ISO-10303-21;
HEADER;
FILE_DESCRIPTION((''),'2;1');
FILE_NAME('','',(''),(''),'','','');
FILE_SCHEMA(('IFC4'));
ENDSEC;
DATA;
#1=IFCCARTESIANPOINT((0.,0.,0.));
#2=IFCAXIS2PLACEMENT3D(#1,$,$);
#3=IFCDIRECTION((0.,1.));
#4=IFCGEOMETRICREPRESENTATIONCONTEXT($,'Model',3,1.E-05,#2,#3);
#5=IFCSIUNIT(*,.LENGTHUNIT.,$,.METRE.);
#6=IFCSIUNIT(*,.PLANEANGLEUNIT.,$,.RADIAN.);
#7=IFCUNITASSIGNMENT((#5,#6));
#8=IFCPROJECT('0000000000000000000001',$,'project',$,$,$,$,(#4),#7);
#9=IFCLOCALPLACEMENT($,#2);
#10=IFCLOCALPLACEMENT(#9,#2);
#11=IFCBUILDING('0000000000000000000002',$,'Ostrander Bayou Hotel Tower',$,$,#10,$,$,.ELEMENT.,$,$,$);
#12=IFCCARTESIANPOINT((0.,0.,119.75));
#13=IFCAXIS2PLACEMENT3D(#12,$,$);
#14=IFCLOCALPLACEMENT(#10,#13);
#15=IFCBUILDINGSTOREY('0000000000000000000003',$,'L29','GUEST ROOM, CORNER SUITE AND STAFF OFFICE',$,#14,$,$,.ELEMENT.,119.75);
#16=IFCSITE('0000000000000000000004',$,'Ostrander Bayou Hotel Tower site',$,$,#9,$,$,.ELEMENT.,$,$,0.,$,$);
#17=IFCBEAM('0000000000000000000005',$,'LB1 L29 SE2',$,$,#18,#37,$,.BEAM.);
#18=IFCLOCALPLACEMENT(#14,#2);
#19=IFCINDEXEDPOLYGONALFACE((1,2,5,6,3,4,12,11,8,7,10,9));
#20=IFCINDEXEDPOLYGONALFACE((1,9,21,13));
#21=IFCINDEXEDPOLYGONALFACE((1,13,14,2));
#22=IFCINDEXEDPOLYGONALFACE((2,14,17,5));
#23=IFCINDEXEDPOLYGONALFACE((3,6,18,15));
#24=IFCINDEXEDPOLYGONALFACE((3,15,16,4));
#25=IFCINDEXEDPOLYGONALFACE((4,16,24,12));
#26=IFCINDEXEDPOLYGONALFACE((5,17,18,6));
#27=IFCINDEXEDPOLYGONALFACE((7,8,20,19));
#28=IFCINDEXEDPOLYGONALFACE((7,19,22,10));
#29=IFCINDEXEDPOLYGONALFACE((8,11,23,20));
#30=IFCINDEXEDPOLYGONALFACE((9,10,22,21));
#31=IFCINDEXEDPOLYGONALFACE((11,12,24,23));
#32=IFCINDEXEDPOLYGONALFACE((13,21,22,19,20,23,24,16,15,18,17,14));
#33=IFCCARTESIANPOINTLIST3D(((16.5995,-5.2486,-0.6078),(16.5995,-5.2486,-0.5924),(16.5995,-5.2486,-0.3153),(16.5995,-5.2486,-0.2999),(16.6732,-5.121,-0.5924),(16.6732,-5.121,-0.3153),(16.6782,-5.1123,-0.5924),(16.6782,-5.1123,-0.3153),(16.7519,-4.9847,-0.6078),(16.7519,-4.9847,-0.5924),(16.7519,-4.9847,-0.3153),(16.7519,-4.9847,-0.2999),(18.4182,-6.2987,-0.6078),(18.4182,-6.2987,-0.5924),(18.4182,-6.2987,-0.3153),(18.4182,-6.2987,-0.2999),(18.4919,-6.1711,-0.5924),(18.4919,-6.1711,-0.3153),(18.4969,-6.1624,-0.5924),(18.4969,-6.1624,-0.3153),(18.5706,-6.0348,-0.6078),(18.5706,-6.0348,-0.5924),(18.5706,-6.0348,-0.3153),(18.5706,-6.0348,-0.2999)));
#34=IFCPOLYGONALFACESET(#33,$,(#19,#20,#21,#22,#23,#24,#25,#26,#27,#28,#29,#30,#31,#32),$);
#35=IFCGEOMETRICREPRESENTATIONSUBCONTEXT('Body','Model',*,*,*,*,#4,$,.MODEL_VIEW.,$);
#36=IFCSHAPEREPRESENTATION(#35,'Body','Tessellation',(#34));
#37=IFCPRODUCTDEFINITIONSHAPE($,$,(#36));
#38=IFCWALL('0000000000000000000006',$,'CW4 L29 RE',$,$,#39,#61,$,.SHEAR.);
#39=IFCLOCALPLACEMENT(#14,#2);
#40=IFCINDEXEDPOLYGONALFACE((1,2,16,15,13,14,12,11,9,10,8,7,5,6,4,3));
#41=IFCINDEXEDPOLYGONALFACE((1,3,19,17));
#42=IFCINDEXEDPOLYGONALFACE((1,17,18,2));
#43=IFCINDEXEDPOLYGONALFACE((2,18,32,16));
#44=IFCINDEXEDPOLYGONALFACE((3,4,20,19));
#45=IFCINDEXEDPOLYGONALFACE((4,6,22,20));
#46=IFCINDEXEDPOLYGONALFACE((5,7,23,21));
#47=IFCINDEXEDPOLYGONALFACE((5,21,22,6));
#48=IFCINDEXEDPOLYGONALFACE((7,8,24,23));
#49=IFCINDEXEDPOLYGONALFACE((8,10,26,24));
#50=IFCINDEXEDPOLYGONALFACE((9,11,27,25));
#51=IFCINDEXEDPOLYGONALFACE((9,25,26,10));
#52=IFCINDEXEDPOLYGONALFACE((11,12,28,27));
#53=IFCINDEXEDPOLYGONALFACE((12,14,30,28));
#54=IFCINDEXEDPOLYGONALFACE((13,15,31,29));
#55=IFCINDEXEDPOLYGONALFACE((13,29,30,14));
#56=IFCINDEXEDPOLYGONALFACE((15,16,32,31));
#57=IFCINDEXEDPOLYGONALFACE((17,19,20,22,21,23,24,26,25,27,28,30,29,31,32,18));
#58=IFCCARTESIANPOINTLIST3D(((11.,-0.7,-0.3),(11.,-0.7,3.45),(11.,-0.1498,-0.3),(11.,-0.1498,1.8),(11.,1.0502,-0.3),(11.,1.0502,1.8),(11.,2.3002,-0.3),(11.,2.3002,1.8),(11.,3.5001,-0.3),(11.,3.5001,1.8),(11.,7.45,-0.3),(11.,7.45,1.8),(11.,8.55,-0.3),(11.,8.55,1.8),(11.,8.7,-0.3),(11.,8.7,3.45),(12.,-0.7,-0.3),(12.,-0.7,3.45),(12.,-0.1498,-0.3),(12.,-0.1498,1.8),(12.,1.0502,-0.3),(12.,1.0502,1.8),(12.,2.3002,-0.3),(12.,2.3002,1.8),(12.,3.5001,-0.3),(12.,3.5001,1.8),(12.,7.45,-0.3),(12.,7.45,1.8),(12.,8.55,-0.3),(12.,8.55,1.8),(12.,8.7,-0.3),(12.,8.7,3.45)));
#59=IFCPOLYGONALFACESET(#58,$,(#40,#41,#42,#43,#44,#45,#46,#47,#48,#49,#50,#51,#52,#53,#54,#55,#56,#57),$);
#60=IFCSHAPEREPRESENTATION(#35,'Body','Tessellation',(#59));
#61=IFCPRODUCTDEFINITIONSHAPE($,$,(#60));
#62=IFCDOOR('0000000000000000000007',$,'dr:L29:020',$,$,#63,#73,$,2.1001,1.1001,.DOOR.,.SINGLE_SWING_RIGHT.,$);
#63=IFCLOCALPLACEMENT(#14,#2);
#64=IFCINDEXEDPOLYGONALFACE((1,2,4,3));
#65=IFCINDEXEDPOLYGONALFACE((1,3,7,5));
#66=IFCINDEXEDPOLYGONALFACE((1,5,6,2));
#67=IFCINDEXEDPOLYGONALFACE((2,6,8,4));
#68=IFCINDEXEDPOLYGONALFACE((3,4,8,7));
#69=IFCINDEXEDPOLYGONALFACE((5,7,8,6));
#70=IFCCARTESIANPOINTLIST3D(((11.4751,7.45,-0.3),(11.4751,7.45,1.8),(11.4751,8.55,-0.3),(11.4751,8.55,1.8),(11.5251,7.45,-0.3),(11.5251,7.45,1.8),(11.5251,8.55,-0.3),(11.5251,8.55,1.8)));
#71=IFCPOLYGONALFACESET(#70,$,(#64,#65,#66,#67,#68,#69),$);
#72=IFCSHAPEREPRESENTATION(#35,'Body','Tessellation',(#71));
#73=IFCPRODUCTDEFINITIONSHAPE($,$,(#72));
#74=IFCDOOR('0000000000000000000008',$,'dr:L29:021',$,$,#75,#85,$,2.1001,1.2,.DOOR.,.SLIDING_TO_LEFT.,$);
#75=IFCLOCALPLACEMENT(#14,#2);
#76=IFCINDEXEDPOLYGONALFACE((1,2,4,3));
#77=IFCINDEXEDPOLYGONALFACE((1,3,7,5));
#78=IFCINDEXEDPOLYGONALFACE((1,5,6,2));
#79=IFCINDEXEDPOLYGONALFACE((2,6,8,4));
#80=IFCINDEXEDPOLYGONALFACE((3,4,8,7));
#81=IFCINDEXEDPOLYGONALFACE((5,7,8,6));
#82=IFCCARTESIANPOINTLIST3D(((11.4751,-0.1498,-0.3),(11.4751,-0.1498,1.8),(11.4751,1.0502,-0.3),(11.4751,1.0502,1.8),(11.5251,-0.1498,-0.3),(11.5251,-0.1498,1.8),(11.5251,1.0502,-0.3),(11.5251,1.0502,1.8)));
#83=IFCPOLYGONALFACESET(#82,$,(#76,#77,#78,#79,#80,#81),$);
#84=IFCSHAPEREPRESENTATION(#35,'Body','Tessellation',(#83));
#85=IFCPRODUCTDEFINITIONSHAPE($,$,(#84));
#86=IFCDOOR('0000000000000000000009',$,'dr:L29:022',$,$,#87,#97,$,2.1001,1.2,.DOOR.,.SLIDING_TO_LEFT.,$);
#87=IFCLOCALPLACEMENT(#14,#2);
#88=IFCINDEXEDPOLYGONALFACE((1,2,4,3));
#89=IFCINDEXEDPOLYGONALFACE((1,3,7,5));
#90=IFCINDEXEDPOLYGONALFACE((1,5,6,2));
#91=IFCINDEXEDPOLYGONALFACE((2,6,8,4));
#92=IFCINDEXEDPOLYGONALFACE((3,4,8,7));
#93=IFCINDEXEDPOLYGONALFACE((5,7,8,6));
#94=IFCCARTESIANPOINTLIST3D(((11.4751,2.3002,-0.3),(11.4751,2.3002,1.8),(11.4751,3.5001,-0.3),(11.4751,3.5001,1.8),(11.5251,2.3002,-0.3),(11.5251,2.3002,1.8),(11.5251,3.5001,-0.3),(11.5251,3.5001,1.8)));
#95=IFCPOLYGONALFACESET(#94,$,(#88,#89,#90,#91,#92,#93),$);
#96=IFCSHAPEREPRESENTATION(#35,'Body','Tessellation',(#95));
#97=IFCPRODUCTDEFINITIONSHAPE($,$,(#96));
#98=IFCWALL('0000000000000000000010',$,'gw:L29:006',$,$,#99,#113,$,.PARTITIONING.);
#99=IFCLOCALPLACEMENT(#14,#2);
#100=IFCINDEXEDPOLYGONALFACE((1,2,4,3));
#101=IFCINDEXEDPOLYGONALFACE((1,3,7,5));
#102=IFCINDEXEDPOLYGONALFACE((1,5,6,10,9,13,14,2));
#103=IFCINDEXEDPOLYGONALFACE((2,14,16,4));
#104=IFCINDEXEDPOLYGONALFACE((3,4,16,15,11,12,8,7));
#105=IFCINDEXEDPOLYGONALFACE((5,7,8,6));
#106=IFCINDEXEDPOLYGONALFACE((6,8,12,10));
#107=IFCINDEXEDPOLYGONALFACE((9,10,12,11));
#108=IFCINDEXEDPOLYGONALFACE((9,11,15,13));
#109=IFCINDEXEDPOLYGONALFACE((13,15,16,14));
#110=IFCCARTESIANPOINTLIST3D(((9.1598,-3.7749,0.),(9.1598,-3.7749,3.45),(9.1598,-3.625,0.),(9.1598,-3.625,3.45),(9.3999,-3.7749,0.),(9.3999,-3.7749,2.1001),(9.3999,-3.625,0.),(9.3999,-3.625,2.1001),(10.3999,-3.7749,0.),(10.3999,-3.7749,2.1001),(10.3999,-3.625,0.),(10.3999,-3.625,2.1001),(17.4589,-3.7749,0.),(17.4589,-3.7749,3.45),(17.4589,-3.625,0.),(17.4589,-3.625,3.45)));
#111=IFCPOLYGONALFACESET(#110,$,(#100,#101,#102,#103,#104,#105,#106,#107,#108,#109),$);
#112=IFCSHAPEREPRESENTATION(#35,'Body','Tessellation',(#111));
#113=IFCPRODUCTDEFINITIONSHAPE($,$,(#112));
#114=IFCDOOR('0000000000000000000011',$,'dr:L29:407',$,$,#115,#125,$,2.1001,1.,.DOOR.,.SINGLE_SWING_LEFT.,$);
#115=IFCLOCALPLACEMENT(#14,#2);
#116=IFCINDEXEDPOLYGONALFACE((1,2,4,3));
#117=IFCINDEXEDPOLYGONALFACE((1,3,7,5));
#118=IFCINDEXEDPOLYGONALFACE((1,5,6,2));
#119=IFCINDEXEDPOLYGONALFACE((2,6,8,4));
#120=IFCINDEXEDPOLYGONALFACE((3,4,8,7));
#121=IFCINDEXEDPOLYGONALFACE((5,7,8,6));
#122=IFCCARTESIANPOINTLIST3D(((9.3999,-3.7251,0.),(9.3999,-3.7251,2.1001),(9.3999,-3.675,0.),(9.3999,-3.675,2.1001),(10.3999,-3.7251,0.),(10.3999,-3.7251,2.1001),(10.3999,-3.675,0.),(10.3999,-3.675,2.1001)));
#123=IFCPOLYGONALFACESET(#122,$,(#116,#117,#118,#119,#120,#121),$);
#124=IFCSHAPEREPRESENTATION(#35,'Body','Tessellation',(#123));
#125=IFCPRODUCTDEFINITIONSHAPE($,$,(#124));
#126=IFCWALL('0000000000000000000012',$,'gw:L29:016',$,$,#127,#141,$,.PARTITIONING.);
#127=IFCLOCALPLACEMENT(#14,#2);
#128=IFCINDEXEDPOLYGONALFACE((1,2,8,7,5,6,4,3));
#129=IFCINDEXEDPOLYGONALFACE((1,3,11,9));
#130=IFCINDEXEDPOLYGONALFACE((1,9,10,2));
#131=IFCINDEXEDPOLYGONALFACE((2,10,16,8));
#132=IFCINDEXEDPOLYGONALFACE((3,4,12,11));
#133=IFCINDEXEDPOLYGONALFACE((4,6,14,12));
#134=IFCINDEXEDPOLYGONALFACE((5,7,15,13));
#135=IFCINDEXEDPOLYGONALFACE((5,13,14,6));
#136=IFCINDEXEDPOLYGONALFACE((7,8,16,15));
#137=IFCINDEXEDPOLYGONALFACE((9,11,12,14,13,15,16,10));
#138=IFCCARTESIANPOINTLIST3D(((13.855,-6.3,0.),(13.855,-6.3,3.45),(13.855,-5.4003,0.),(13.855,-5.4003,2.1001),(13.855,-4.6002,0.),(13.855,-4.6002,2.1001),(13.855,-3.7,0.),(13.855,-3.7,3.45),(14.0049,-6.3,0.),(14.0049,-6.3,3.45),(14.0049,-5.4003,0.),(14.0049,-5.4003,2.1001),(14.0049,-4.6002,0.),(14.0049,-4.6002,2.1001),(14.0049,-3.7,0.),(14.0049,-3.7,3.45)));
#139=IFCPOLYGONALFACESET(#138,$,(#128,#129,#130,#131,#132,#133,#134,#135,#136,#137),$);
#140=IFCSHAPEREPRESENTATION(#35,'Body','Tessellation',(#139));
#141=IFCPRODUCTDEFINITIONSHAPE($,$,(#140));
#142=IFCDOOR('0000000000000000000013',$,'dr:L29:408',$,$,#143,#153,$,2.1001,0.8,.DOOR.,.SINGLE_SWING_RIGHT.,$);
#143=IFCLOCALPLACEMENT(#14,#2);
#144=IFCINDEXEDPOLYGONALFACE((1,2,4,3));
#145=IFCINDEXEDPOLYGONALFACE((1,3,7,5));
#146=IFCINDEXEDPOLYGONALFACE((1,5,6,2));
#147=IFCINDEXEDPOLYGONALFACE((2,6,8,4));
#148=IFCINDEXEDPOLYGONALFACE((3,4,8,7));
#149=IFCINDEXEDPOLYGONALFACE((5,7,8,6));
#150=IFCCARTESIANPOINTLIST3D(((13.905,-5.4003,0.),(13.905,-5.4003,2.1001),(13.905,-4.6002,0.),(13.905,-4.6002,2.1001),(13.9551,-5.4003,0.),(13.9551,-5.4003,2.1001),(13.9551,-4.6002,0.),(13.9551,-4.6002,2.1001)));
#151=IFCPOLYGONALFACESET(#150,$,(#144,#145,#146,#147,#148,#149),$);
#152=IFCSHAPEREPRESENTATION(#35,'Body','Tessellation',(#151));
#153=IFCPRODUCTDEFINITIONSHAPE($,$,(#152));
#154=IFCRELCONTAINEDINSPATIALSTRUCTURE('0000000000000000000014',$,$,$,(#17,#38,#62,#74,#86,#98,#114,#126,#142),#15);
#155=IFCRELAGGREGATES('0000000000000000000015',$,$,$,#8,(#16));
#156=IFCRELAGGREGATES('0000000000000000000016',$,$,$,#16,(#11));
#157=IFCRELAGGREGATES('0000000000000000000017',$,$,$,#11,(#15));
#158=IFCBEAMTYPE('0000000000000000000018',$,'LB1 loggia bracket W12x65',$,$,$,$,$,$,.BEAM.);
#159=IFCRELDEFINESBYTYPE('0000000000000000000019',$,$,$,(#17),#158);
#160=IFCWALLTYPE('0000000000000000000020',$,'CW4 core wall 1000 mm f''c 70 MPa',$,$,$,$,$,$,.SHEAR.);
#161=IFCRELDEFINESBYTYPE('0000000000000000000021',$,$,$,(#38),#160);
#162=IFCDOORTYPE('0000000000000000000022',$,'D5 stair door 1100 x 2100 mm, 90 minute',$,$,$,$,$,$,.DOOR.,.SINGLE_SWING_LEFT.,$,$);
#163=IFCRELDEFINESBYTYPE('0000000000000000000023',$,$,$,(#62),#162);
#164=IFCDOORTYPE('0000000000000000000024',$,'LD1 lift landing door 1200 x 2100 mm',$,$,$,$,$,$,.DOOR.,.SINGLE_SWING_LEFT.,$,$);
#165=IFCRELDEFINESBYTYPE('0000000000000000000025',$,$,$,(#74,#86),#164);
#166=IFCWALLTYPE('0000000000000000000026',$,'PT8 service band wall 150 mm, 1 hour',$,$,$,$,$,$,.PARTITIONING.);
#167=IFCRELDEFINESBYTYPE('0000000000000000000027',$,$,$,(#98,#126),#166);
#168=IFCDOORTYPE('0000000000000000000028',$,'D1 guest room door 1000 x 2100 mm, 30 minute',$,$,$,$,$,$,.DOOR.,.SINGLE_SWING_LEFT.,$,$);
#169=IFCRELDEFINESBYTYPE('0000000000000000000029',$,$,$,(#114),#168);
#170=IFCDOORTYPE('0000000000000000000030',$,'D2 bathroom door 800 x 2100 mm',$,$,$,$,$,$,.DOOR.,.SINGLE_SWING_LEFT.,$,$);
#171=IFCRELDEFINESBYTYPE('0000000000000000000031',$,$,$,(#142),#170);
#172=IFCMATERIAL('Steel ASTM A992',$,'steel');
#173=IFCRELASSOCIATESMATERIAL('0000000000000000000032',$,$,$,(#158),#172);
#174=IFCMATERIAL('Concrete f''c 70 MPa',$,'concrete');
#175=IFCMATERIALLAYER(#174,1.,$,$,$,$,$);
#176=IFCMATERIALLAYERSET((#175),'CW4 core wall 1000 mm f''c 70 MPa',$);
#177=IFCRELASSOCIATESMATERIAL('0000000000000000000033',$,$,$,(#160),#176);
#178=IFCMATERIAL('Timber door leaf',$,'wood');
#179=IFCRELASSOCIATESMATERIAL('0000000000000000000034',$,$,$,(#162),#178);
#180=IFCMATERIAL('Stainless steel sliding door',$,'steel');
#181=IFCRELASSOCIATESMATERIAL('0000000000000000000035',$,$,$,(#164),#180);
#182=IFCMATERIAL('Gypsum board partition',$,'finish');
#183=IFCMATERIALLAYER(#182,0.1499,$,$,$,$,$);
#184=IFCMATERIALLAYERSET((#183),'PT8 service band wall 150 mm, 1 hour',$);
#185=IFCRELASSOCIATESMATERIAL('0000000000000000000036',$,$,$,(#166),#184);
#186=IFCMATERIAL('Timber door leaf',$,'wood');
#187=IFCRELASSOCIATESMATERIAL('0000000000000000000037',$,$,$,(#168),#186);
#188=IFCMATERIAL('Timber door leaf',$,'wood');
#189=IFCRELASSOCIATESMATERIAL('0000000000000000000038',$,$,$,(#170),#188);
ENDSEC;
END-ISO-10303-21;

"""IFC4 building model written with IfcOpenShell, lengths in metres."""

from ifc_helpers import new_model, si_unit, direction, frame, frame_2d, origin, origin_2d, place, context, subcontext, project, spatial, rectangle, i_section, extrude, material, layer, layer_set, material_profile, profile_set, type_object, element, fill, save


model = new_model("IFC4")

# Units and contexts
model_context = context("Model", 3, precision=1e-05, world=origin(), true_north=direction((0.0, 1.0)))
body_context = subcontext(model_context, "Body", "Model", "MODEL_VIEW")
ifc_project = project(units=[si_unit("LENGTHUNIT", "METRE"), si_unit("PLANEANGLEUNIT", "RADIAN")], contexts=[model_context])

# Site, building, storey
site_placement = place(None, origin())
site = spatial("IfcSite", under=ifc_project, at=site_placement, Name="Ostrander Bayou Hotel Tower site", CompositionType="ELEMENT", RefElevation=0.0)
building_placement = place(site_placement, origin())
building = spatial("IfcBuilding", under=site, at=building_placement, Name="Ostrander Bayou Hotel Tower", CompositionType="ELEMENT")
storey_placement = place(building_placement, frame((0.0, 0.0, 119.75)))
storey = spatial("IfcBuildingStorey", under=building, at=storey_placement, Name="L29", Description="GUEST ROOM, CORNER SUITE AND STAFF OFFICE", CompositionType="ELEMENT", Elevation=119.75)

# Beam
ifc_material_1 = material(Name="Steel ASTM A992", Category="steel")
ifc_material_profile = material_profile(ifc_material_1, i_section(OverallWidth=0.3047, OverallDepth=0.3079, WebThickness=0.01, FlangeThickness=0.0154, at=origin_2d()))
ifc_profile_set = profile_set([ifc_material_profile], Name="Steel ASTM A992")
beam_type = type_object("IfcBeamType", Name="LB1 loggia bracket W12x65", PredefinedType="BEAM", material=ifc_profile_set)
beam_placement = place(storey_placement, frame((18.4944, -6.1667, -0.4539), z_axis=(-0.866009, 0.500028, 0.0), x_axis=(-0.500028, -0.866009, 0.0)))
element("IfcBeam", 1, at=beam_placement, inside=storey, type_object=beam_type, Name="LB1 L29 SE2", PredefinedType="BEAM", context=body_context, shape_type="SweptSolid", body=[
    extrude(i_section(OverallWidth=0.3047, OverallDepth=0.3079, WebThickness=0.01, FlangeThickness=0.0154, at=origin_2d()), origin(), (0.0, 0.0, 1.0), 2.1001),
])

# Wall, openings, doors
ifc_material_2 = material(Name="Concrete f'c 70 MPa", Category="concrete")
ifc_layer_1 = layer(ifc_material_2, 1.0)
ifc_layer_set_1 = layer_set([ifc_layer_1], Name="CW4 core wall 1000 mm f'c 70 MPa")
wall_type_1 = type_object("IfcWallType", Name="CW4 core wall 1000 mm f'c 70 MPa", PredefinedType="SHEAR", material=ifc_layer_set_1)
wall_1_placement = place(storey_placement, frame((11.5, -0.7, -0.3), z_axis=(0.0, 0.0, 1.0), x_axis=(0.0, 1.0, 0.0)))
wall_1 = element("IfcWall", 2, at=wall_1_placement, inside=storey, type_object=wall_type_1, Name="CW4 L29 RE", PredefinedType="SHEAR", context=body_context, shape_type="SweptSolid", body=[
    extrude(rectangle(XDim=9.3999, YDim=1.0, at=frame_2d((4.7, 0.0))), origin(), (0.0, 0.0, 1.0), 3.75),
])
opening_1_placement = place(wall_1_placement, frame((8.1499, 0.0, 0.0)))
opening_1 = element("IfcOpeningElement", 3, at=opening_1_placement, cuts=wall_1, PredefinedType="OPENING", context=body_context, shape_type="SweptSolid", body=[
    extrude(rectangle(XDim=1.1001, YDim=2.1001, at=frame_2d((0.55, 1.05))), frame((0.0, 0.5, 0.0), z_axis=(0.0, -1.0, 0.0), x_axis=(1.0, 0.0, 0.0)), (0.0, 0.0, 1.0), 1.0),
])
opening_2_placement = place(wall_1_placement, frame((0.55, 0.0, 0.0)))
opening_2 = element("IfcOpeningElement", 4, at=opening_2_placement, cuts=wall_1, PredefinedType="OPENING", context=body_context, shape_type="SweptSolid", body=[
    extrude(rectangle(XDim=1.2, YDim=2.1001, at=frame_2d((0.6001, 1.05))), frame((0.0, 0.5, 0.0), z_axis=(0.0, -1.0, 0.0), x_axis=(1.0, 0.0, 0.0)), (0.0, 0.0, 1.0), 1.0),
])
opening_3_placement = place(wall_1_placement, frame((3.0, 0.0, 0.0)))
opening_3 = element("IfcOpeningElement", 5, at=opening_3_placement, cuts=wall_1, PredefinedType="OPENING", context=body_context, shape_type="SweptSolid", body=[
    extrude(rectangle(XDim=1.2, YDim=2.1001, at=frame_2d((0.6001, 1.05))), frame((0.0, 0.5, 0.0), z_axis=(0.0, -1.0, 0.0), x_axis=(1.0, 0.0, 0.0)), (0.0, 0.0, 1.0), 1.0),
])
ifc_material_3 = material(Name="Timber door leaf", Category="wood")
door_type_1 = type_object("IfcDoorType", Name="D5 stair door 1100 x 2100 mm, 90 minute", OperationType="SINGLE_SWING_LEFT", PredefinedType="DOOR", material=ifc_material_3)
door_1_placement = place(opening_1_placement, origin())
door_1 = element("IfcDoor", 6, at=door_1_placement, inside=storey, type_object=door_type_1, Name="dr:L29:020", OperationType="SINGLE_SWING_RIGHT", OverallHeight=2.1001, OverallWidth=1.1001, PredefinedType="DOOR", context=body_context, shape_type="SweptSolid", body=[
    extrude(rectangle(XDim=1.1001, YDim=2.1001, at=frame_2d((0.55, 1.05))), frame((0.0, 0.0249, 0.0), z_axis=(0.0, -1.0, 0.0), x_axis=(1.0, 0.0, 0.0)), (0.0, 0.0, 1.0), 0.05),
])
fill(opening_1, door_1)
ifc_material_4 = material(Name="Stainless steel sliding door", Category="steel")
door_type_2 = type_object("IfcDoorType", Name="LD1 lift landing door 1200 x 2100 mm", OperationType="SINGLE_SWING_LEFT", PredefinedType="DOOR", material=ifc_material_4)
door_2_placement = place(opening_2_placement, origin())
door_2 = element("IfcDoor", 7, at=door_2_placement, inside=storey, type_object=door_type_2, Name="dr:L29:021", OperationType="SLIDING_TO_LEFT", OverallHeight=2.1001, OverallWidth=1.2, PredefinedType="DOOR", context=body_context, shape_type="SweptSolid", body=[
    extrude(rectangle(XDim=1.2, YDim=2.1001, at=frame_2d((0.6001, 1.05))), frame((0.0, 0.0249, 0.0), z_axis=(0.0, -1.0, 0.0), x_axis=(1.0, 0.0, 0.0)), (0.0, 0.0, 1.0), 0.05),
])
fill(opening_2, door_2)
door_3_placement = place(opening_3_placement, origin())
door_3 = element("IfcDoor", 8, at=door_3_placement, inside=storey, type_object=door_type_2, Name="dr:L29:022", OperationType="SLIDING_TO_LEFT", OverallHeight=2.1001, OverallWidth=1.2, PredefinedType="DOOR", context=body_context, shape_type="SweptSolid", body=[
    extrude(rectangle(XDim=1.2, YDim=2.1001, at=frame_2d((0.6001, 1.05))), frame((0.0, 0.0249, 0.0), z_axis=(0.0, -1.0, 0.0), x_axis=(1.0, 0.0, 0.0)), (0.0, 0.0, 1.0), 0.05),
])
fill(opening_3, door_3)

# Walls, openings, doors
ifc_material_5 = material(Name="Gypsum board partition", Category="finish")
ifc_layer_2 = layer(ifc_material_5, 0.1499)
ifc_layer_set_2 = layer_set([ifc_layer_2], Name="PT8 service band wall 150 mm, 1 hour")
wall_type_2 = type_object("IfcWallType", Name="PT8 service band wall 150 mm, 1 hour", PredefinedType="PARTITIONING", material=ifc_layer_set_2)
wall_2_placement = place(storey_placement, frame((9.1599, -3.7, 0.0), z_axis=(0.0, 0.0, 1.0), x_axis=(1.0, 0.0, 0.0)))
wall_2 = element("IfcWall", 9, at=wall_2_placement, inside=storey, type_object=wall_type_2, Name="gw:L29:006", PredefinedType="PARTITIONING", context=body_context, shape_type="SweptSolid", body=[
    extrude(rectangle(XDim=8.2991, YDim=0.1499, at=frame_2d((4.1494, 0.0))), origin(), (0.0, 0.0, 1.0), 3.45),
])
opening_4_placement = place(wall_2_placement, frame((0.24, 0.0, 0.0)))
opening_4 = element("IfcOpeningElement", 10, at=opening_4_placement, cuts=wall_2, PredefinedType="OPENING", context=body_context, shape_type="SweptSolid", body=[
    extrude(rectangle(XDim=1.0, YDim=2.1001, at=frame_2d((0.5, 1.05))), frame((0.0, 0.075, 0.0), z_axis=(0.0, -1.0, 0.0), x_axis=(1.0, 0.0, 0.0)), (0.0, 0.0, 1.0), 0.1499),
])
ifc_material_6 = material(Name="Timber door leaf", Category="wood")
door_type_3 = type_object("IfcDoorType", Name="D1 guest room door 1000 x 2100 mm, 30 minute", OperationType="SINGLE_SWING_LEFT", PredefinedType="DOOR", material=ifc_material_6)
door_4_placement = place(opening_4_placement, origin())
door_4 = element("IfcDoor", 11, at=door_4_placement, inside=storey, type_object=door_type_3, Name="dr:L29:407", OperationType="SINGLE_SWING_LEFT", OverallHeight=2.1001, OverallWidth=1.0, PredefinedType="DOOR", context=body_context, shape_type="SweptSolid", body=[
    extrude(rectangle(XDim=1.0, YDim=2.1001, at=frame_2d((0.5, 1.05))), frame((0.0, 0.0249, 0.0), z_axis=(0.0, -1.0, 0.0), x_axis=(1.0, 0.0, 0.0)), (0.0, 0.0, 1.0), 0.05),
])
fill(opening_4, door_4)
wall_3_placement = place(storey_placement, frame((13.9299, -6.3, 0.0), z_axis=(0.0, 0.0, 1.0), x_axis=(0.0, 1.0, 0.0)))
wall_3 = element("IfcWall", 12, at=wall_3_placement, inside=storey, type_object=wall_type_2, Name="gw:L29:016", PredefinedType="PARTITIONING", context=body_context, shape_type="SweptSolid", body=[
    extrude(rectangle(XDim=2.6001, YDim=0.1499, at=frame_2d((1.3, 0.0))), origin(), (0.0, 0.0, 1.0), 3.45),
])
opening_5_placement = place(wall_3_placement, frame((0.8999, 0.0, 0.0)))
opening_5 = element("IfcOpeningElement", 13, at=opening_5_placement, cuts=wall_3, PredefinedType="OPENING", context=body_context, shape_type="SweptSolid", body=[
    extrude(rectangle(XDim=0.8, YDim=2.1001, at=frame_2d((0.3999, 1.05))), frame((0.0, 0.075, 0.0), z_axis=(0.0, -1.0, 0.0), x_axis=(1.0, 0.0, 0.0)), (0.0, 0.0, 1.0), 0.1499),
])
ifc_material_7 = material(Name="Timber door leaf", Category="wood")
door_type_4 = type_object("IfcDoorType", Name="D2 bathroom door 800 x 2100 mm", OperationType="SINGLE_SWING_LEFT", PredefinedType="DOOR", material=ifc_material_7)
door_5_placement = place(opening_5_placement, origin())
door_5 = element("IfcDoor", 14, at=door_5_placement, inside=storey, type_object=door_type_4, Name="dr:L29:408", OperationType="SINGLE_SWING_RIGHT", OverallHeight=2.1001, OverallWidth=0.8, PredefinedType="DOOR", context=body_context, shape_type="SweptSolid", body=[
    extrude(rectangle(XDim=0.8, YDim=2.1001, at=frame_2d((0.3999, 1.05))), frame((0.0, 0.0249, 0.0), z_axis=(0.0, -1.0, 0.0), x_axis=(1.0, 0.0, 0.0)), (0.0, 0.0, 1.0), 0.05),
])
fill(opening_5, door_5)

save(model, "model.ifc")
